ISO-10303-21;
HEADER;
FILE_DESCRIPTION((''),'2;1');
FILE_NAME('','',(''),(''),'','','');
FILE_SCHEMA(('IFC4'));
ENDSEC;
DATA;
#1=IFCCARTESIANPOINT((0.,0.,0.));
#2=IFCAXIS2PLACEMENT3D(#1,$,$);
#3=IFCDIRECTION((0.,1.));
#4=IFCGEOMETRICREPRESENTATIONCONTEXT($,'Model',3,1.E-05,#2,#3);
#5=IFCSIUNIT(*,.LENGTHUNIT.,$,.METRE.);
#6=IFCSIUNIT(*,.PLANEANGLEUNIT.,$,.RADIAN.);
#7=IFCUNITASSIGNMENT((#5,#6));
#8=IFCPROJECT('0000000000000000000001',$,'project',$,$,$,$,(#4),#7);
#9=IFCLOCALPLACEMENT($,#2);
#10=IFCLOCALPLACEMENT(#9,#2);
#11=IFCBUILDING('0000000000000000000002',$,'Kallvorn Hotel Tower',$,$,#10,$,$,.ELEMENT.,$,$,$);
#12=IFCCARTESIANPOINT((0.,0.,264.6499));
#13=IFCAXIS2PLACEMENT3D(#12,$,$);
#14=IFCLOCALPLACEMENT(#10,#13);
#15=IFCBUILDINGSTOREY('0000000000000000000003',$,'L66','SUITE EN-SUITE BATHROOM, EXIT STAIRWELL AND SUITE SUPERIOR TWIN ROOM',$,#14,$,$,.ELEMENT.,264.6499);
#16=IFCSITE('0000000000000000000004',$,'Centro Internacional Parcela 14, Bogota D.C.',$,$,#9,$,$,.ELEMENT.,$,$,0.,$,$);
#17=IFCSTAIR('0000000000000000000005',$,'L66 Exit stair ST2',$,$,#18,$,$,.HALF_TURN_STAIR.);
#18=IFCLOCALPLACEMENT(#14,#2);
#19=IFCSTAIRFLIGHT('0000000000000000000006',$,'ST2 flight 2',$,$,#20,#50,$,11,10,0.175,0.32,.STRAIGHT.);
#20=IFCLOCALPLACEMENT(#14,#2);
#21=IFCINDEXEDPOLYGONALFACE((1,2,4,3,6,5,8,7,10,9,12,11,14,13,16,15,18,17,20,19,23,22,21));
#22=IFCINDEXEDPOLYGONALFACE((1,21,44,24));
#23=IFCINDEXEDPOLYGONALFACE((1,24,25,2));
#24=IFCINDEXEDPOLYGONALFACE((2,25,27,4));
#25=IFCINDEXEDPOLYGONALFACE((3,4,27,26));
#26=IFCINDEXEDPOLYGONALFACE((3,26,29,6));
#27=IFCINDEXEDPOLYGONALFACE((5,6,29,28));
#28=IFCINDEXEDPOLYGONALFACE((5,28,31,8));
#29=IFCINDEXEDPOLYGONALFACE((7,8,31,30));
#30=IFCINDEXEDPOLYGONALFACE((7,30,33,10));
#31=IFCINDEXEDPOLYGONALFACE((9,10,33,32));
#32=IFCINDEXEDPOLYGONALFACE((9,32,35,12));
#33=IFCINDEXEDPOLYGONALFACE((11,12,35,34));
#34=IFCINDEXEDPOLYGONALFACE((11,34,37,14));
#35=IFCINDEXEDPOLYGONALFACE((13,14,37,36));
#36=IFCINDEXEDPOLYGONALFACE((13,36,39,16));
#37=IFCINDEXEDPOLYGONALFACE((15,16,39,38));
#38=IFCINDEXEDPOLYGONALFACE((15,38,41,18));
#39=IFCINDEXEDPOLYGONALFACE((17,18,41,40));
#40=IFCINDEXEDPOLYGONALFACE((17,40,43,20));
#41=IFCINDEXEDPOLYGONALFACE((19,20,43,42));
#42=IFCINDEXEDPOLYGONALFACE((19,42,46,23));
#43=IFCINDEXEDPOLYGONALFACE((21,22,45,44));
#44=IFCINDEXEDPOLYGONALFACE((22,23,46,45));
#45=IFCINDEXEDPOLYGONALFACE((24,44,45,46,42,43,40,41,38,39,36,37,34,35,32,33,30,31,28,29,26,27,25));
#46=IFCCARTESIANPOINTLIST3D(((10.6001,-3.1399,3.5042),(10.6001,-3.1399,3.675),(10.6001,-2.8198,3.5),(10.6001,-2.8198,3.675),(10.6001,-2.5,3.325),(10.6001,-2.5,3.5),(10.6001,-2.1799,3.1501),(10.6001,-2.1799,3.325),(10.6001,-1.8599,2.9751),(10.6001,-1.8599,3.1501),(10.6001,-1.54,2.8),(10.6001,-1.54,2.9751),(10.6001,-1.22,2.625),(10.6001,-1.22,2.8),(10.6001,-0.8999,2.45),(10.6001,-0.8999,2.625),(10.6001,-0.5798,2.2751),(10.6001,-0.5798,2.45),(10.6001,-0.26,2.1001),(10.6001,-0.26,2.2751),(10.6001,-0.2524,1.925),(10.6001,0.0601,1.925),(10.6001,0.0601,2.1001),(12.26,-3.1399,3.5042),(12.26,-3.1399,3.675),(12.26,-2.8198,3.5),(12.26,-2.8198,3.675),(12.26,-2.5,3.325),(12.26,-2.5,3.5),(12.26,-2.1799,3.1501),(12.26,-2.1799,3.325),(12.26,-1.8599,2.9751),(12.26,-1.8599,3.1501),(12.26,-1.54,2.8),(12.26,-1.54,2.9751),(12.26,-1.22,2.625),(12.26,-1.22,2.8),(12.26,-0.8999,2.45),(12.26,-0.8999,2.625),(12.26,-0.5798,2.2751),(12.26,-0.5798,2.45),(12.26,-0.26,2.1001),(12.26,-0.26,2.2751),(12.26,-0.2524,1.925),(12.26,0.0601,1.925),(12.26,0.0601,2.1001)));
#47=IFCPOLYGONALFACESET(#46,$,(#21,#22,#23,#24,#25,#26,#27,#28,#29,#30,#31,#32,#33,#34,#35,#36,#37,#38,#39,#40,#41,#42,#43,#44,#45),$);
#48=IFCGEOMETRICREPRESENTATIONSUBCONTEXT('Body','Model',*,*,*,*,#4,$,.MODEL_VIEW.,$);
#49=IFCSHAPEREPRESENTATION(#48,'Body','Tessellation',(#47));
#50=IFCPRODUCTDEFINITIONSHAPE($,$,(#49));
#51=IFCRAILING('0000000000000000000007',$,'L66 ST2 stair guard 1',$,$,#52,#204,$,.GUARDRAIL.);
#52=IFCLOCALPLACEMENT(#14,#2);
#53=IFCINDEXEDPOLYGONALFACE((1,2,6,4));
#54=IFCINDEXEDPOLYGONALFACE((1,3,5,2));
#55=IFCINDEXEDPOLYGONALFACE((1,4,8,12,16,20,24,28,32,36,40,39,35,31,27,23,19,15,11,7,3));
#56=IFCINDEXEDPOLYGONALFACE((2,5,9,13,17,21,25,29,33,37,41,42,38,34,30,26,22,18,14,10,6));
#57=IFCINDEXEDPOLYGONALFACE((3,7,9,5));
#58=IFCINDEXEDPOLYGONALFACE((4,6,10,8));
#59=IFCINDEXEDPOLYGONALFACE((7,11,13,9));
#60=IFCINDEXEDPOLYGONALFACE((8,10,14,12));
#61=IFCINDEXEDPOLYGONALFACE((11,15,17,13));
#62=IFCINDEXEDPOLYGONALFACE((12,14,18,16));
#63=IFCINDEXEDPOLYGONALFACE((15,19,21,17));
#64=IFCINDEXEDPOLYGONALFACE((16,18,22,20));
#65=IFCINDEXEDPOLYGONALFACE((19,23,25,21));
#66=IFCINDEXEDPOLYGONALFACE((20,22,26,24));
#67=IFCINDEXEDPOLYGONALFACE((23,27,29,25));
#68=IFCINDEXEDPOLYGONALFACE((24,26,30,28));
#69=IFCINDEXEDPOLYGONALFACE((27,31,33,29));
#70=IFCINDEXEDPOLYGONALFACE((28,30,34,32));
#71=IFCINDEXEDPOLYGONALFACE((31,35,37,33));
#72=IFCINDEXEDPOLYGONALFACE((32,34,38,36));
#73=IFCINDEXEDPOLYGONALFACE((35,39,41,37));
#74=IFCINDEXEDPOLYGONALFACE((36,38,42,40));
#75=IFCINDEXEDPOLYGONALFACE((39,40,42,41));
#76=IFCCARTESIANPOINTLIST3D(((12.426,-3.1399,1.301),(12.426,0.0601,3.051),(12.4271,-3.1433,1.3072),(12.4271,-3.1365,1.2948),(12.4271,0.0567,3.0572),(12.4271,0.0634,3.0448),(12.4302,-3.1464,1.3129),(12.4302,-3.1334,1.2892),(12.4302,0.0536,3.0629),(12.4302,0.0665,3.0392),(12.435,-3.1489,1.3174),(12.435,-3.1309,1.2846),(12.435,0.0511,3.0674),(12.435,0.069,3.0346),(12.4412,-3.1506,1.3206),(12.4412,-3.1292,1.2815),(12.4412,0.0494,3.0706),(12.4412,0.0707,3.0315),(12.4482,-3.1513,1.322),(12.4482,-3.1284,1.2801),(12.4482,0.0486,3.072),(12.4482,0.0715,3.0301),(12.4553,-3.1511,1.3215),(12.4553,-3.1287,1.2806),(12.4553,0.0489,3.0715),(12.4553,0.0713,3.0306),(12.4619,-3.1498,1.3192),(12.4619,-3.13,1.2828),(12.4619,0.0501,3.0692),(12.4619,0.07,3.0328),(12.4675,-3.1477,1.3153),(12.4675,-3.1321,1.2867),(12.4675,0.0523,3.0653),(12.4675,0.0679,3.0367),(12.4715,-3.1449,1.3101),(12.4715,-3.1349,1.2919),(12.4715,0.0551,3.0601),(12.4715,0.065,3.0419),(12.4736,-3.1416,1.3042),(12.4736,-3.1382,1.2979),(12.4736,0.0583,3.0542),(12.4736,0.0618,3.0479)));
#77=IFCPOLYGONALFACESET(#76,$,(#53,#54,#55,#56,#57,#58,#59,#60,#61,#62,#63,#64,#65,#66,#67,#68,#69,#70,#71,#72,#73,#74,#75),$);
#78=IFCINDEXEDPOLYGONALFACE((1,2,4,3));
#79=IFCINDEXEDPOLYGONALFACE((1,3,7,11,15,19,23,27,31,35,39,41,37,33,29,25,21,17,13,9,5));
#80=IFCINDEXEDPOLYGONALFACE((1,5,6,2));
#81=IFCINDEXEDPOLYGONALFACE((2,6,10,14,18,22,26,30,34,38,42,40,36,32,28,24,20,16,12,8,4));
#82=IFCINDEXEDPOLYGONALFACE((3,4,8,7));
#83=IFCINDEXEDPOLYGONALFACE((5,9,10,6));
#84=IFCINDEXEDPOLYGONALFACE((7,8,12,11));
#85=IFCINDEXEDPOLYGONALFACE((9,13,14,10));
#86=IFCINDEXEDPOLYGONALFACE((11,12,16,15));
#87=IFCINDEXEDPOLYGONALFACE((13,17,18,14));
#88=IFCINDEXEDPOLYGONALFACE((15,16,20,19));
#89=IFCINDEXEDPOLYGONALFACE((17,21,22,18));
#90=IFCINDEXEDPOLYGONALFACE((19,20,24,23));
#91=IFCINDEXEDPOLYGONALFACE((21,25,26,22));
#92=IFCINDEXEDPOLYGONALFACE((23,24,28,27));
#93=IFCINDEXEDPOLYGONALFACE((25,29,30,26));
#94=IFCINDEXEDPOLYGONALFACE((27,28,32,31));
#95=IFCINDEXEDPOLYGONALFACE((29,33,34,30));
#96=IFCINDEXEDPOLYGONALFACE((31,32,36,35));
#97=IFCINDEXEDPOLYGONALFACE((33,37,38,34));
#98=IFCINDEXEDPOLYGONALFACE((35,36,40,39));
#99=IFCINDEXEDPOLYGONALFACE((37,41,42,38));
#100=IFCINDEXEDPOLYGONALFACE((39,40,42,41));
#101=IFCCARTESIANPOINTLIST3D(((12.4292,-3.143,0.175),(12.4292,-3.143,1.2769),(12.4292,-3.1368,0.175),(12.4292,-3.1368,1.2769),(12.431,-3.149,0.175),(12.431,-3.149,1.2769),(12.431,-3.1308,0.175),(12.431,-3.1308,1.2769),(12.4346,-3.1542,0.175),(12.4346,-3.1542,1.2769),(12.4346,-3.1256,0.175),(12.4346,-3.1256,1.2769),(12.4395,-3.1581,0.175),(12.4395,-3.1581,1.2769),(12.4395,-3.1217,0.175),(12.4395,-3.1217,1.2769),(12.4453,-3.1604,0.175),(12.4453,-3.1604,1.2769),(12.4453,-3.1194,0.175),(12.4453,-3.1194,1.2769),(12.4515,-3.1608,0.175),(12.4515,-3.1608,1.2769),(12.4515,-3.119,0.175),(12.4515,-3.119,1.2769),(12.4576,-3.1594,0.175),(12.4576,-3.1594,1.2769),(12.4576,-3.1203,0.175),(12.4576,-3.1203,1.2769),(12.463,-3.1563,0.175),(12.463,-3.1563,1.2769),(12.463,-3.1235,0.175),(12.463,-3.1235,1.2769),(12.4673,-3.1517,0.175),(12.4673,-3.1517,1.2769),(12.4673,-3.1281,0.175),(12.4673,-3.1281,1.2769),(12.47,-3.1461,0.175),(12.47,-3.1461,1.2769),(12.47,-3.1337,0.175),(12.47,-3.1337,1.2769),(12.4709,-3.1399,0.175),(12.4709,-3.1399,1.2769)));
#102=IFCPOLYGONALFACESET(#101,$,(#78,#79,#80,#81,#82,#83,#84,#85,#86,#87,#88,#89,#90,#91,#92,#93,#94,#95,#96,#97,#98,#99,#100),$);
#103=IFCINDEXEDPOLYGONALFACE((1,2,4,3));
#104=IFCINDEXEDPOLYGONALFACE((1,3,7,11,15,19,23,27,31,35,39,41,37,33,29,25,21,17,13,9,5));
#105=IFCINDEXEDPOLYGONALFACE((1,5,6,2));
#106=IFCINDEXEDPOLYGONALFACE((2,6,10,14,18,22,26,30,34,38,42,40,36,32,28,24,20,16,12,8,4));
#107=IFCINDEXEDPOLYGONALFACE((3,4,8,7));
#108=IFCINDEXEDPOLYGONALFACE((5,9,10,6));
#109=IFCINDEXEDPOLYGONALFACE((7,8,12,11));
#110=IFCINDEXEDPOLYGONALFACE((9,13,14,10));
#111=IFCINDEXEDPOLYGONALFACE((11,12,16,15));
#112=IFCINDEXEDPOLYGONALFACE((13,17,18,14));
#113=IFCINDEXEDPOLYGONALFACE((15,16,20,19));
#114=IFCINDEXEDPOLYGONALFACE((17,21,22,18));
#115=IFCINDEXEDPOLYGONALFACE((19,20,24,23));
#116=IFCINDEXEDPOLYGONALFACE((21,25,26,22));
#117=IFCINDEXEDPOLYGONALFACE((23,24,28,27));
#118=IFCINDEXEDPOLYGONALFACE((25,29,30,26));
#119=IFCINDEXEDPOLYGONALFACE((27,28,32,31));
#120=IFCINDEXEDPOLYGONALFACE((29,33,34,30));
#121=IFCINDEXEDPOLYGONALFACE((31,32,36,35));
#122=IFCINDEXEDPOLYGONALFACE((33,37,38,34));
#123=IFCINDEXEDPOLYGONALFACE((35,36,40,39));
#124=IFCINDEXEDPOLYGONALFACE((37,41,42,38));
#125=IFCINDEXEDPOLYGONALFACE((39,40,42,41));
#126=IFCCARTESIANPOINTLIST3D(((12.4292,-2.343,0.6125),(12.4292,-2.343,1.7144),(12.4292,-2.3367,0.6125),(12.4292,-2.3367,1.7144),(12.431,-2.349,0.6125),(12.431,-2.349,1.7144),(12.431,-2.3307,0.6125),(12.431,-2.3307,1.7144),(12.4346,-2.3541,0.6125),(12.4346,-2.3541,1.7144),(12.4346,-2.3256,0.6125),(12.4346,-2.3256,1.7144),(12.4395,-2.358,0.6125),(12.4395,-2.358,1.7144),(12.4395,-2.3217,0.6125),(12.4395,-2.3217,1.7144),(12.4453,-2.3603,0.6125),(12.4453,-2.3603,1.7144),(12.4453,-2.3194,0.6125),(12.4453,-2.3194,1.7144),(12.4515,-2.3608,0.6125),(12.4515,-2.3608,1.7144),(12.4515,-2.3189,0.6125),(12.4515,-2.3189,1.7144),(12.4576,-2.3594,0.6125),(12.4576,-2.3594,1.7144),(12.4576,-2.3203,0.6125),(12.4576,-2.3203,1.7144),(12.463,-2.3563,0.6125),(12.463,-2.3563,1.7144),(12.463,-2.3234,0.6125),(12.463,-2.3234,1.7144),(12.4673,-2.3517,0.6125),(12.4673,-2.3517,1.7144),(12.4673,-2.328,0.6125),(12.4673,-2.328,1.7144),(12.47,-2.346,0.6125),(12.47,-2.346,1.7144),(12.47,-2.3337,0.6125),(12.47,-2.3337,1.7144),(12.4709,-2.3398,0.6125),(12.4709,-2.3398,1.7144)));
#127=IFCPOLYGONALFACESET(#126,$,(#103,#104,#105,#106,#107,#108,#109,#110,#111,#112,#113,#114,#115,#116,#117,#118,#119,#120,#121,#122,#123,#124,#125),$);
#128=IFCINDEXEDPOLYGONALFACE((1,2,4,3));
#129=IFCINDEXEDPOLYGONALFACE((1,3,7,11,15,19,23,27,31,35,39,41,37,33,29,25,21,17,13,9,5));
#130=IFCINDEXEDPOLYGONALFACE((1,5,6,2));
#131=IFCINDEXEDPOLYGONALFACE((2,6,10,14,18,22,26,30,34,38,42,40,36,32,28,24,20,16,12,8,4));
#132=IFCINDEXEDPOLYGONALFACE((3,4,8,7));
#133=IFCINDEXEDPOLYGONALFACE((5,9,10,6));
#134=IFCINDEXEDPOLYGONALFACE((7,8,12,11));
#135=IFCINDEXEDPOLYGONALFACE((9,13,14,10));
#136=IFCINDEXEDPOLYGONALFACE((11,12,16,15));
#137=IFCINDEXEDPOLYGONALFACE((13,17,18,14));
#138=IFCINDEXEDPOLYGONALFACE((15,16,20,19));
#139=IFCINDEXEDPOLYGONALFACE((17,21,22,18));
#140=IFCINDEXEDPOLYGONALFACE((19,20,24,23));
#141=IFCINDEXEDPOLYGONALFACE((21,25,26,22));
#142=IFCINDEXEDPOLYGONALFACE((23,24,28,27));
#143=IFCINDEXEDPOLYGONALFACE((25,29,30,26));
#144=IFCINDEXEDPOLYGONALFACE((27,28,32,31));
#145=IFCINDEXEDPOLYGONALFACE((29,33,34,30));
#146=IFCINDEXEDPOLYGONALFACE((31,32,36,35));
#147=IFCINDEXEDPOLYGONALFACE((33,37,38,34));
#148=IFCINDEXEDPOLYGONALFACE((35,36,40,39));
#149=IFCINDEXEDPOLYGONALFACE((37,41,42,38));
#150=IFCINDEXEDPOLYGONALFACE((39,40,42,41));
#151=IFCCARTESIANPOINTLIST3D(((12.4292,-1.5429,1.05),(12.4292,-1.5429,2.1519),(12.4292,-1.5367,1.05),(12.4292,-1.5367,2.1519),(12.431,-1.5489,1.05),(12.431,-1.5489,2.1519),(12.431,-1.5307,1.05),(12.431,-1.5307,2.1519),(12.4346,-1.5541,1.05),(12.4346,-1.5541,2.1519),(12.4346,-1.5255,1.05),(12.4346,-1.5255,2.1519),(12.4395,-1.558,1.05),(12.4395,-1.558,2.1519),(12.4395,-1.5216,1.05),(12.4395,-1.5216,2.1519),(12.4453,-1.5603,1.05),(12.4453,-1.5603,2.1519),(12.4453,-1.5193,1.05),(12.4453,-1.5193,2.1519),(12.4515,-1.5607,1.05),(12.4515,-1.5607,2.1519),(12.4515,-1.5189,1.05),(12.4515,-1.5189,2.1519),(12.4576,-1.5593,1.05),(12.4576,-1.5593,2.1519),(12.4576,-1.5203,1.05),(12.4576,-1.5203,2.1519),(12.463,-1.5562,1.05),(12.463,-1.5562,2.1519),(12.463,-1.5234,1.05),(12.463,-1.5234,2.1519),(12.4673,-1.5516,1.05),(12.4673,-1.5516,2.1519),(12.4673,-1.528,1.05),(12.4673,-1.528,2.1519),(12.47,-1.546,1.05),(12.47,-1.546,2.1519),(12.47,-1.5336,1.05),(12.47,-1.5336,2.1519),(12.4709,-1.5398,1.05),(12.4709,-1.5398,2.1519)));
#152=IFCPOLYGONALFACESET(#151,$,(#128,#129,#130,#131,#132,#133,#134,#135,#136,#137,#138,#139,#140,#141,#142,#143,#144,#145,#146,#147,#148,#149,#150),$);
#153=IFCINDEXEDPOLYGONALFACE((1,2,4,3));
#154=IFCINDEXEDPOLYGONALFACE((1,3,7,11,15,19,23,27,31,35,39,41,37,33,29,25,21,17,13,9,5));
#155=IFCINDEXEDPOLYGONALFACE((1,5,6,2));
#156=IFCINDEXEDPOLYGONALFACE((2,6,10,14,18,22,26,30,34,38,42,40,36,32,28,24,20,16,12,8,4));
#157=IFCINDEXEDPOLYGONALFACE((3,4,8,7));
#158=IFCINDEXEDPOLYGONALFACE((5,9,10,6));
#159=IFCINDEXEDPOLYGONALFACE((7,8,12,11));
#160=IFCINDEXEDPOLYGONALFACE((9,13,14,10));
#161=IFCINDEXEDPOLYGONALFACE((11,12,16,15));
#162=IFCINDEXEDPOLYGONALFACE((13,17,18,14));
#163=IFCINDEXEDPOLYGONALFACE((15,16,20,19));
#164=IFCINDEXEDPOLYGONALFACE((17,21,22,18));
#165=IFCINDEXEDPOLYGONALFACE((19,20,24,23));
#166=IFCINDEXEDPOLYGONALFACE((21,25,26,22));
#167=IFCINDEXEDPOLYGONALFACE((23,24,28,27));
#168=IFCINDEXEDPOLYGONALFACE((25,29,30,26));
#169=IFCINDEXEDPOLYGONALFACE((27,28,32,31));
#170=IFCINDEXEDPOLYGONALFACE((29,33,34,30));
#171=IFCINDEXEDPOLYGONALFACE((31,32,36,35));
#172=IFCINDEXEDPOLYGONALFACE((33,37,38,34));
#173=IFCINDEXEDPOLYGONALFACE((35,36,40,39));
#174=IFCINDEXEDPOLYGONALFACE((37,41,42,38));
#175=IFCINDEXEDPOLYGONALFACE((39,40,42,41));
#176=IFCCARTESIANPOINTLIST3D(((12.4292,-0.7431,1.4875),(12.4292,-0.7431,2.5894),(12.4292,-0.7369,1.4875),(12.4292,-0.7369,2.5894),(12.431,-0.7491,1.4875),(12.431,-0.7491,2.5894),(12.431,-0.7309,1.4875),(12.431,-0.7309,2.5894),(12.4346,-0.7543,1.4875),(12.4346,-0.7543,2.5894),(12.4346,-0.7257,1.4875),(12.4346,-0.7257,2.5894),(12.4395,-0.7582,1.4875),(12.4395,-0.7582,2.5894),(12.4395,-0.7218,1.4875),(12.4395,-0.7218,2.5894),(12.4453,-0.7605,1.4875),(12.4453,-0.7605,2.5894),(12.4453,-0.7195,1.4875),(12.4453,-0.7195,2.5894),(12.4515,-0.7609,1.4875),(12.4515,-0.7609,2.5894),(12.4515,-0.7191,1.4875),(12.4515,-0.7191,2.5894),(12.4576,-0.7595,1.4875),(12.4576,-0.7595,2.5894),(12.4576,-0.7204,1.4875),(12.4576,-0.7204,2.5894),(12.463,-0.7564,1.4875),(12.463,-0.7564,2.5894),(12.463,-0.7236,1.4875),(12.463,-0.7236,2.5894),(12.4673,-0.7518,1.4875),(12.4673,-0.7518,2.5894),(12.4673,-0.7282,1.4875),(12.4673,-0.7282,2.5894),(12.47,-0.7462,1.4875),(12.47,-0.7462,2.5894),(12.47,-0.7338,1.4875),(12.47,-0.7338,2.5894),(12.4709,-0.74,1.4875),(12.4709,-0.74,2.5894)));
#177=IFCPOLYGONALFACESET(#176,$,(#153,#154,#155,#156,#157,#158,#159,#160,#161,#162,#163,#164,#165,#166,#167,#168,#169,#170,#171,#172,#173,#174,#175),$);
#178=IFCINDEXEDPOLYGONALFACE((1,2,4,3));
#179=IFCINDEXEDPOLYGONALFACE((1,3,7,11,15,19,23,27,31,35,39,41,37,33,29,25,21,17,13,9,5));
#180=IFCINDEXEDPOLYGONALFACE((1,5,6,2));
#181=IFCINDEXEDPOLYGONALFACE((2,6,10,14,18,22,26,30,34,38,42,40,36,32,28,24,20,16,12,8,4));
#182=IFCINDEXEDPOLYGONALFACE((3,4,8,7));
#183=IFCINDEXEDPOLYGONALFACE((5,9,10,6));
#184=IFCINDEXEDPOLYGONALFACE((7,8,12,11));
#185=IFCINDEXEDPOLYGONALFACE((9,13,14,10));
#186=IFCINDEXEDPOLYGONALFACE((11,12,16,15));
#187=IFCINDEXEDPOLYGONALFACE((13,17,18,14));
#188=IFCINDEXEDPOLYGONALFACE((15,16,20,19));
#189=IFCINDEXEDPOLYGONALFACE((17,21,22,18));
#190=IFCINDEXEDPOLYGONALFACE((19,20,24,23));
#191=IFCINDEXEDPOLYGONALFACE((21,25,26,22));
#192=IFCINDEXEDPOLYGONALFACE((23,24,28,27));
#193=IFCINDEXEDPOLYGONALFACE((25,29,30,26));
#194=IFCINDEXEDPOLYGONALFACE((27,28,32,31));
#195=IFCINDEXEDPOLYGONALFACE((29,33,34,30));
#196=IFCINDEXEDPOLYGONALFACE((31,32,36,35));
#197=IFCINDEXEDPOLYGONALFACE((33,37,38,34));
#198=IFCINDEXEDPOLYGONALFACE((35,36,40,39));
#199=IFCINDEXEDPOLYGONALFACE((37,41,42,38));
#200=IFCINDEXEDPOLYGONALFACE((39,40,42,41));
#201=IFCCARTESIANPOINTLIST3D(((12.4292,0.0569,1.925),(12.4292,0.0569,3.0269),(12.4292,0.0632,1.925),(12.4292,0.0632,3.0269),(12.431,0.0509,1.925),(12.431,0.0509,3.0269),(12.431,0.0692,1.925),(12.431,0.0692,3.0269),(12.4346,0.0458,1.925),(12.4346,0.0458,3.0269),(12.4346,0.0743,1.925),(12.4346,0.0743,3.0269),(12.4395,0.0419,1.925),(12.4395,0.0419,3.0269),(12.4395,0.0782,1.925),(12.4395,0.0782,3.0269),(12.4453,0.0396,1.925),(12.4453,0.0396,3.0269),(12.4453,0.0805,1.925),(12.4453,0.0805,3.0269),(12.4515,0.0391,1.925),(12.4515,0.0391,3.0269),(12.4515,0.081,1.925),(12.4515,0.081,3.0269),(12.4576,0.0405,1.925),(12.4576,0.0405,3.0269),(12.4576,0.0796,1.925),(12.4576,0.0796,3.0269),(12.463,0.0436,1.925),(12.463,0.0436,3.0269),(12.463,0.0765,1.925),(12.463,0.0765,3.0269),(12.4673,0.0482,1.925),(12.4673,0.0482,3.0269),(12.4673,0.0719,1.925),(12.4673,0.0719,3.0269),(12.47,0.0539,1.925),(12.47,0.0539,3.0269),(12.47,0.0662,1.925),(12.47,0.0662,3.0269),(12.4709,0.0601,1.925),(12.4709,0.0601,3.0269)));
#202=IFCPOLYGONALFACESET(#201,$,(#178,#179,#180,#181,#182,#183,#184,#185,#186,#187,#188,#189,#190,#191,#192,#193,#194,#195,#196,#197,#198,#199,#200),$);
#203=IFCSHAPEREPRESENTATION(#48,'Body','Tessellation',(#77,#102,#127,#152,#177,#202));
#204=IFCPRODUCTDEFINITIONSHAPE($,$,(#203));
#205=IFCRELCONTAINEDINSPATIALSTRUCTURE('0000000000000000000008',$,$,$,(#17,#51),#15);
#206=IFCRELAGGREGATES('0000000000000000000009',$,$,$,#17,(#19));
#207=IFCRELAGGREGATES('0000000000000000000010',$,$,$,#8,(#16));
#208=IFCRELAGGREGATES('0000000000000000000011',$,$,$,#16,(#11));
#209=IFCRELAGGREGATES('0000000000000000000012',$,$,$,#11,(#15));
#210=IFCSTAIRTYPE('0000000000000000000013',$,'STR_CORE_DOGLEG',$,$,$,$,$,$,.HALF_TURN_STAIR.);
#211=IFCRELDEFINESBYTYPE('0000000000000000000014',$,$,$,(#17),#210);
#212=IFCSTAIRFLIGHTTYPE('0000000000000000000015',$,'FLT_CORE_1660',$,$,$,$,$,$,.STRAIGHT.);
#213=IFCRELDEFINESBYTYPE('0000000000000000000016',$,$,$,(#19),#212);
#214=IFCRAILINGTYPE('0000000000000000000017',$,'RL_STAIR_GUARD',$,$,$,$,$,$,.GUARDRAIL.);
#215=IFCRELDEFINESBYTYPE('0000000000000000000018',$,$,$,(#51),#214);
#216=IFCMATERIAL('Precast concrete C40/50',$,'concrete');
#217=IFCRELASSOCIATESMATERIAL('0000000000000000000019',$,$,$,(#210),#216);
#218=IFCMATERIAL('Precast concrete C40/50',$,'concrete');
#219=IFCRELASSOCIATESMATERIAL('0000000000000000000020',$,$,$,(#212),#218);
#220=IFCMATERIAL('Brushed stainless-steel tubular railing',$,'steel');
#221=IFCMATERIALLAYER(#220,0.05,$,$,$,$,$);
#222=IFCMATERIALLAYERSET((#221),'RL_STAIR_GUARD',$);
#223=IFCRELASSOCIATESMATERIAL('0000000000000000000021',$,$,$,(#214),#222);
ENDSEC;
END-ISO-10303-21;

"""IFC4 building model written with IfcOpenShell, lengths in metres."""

from ifc_helpers import new_model, si_unit, direction, frame, origin, origin_2d, place, context, subcontext, project, spatial, polyline, circle, outline, extrude, material, layer, layer_set, type_object, element, aggregate, save


model = new_model("IFC4")

# Units and contexts
model_context = context("Model", 3, precision=1e-05, world=origin(), true_north=direction((0.0, 1.0)))
body_context = subcontext(model_context, "Body", "Model", "MODEL_VIEW")
ifc_project = project(units=[si_unit("LENGTHUNIT", "METRE"), si_unit("PLANEANGLEUNIT", "RADIAN")], contexts=[model_context])

# Site, building, storey
site_placement = place(None, origin())
site = spatial("IfcSite", under=ifc_project, at=site_placement, Name="Centro Internacional Parcela 14, Bogota D.C.", CompositionType="ELEMENT", RefElevation=0.0)
building_placement = place(site_placement, origin())
building = spatial("IfcBuilding", under=site, at=building_placement, Name="Kallvorn Hotel Tower", CompositionType="ELEMENT")
storey_placement = place(building_placement, frame((0.0, 0.0, 264.6499)))
storey = spatial("IfcBuildingStorey", under=building, at=storey_placement, Name="L66", Description="SUITE EN-SUITE BATHROOM, EXIT STAIRWELL AND SUITE SUPERIOR TWIN ROOM", CompositionType="ELEMENT", Elevation=264.6499)

# Stair, stair flight
ifc_material_1 = material(Name="Precast concrete C40/50", Category="concrete")
stair_type = type_object("IfcStairType", Name="STR_CORE_DOGLEG", PredefinedType="HALF_TURN_STAIR", material=ifc_material_1)
stair_placement = place(storey_placement, origin())
stair = element("IfcStair", 1, at=stair_placement, inside=storey, type_object=stair_type, Name="L66 Exit stair ST2", PredefinedType="HALF_TURN_STAIR")
ifc_material_2 = material(Name="Precast concrete C40/50", Category="concrete")
stair_flight_type = type_object("IfcStairFlightType", Name="FLT_CORE_1660", PredefinedType="STRAIGHT", material=ifc_material_2)
stair_flight_placement = place(storey_placement, frame((11.4299, 0.0601, 1.925), z_axis=(0.0, 0.0, 1.0), x_axis=(0.0, -1.0, 0.0)))
stair_flight = element("IfcStairFlight", 2, at=stair_flight_placement, type_object=stair_flight_type, Name="ST2 flight 2", NumberOfRisers=11, NumberOfTreads=10, PredefinedType="STRAIGHT", RiserHeight=0.175, TreadLength=0.32, context=body_context, shape_type="SweptSolid", body=[
    extrude(outline(polyline([(0.0, 0.0), (0.0, 0.175), (0.3201, 0.175), (0.3201, 0.3501), (0.6399, 0.3501), (0.6399, 0.5249), (0.96, 0.5249), (0.96, 0.7), (1.28, 0.7), (1.28, 0.875), (1.6001, 0.875), (1.6001, 1.05), (1.9199, 1.05), (1.9199, 1.2251), (2.24, 1.2251), (2.24, 1.3999), (2.5601, 1.3999), (2.5601, 1.575), (2.8799, 1.575), (2.8799, 1.75), (3.2, 1.75), (3.2, 1.925), (3.2, 1.5791), (0.3125, 0.0), (0.0, 0.0)])), frame((0.0, 0.8301, 0.0), z_axis=(0.0, -1.0, 0.0), x_axis=(1.0, 0.0, 0.0)), (0.0, 0.0, 1.0), 1.6599),
])
aggregate(stair, [stair_flight])

# Railing
ifc_material_3 = material(Name="Brushed stainless-steel tubular railing", Category="steel")
ifc_layer_1 = layer(ifc_material_3, 0.05)
ifc_layer_set_1 = layer_set([ifc_layer_1], Name="RL_STAIR_GUARD")
railing_type_1 = type_object("IfcRailingType", Name="RL_STAIR_GUARD", PredefinedType="GUARDRAIL", material=ifc_layer_set_1)
railing_1_placement = place(storey_placement, frame((12.45, -3.1399, 0.175)))
element("IfcRailing", 3, at=railing_1_placement, inside=storey, type_object=railing_type_1, Name="L66 ST2 stair guard 1", PredefinedType="GUARDRAIL", context=body_context, shape_type="SweptSolid", body=[
    extrude(circle(Radius=0.0239, at=origin_2d()), frame((0.0, 0.0, 1.126), z_axis=(0.0, 0.877368, 0.479818), x_axis=(-1.0, 0.0, 0.0)), (0.0, 0.0, 1.0), 3.6472),
    extrude(circle(Radius=0.021, at=origin_2d()), origin(), (0.0, 0.0, 1.0), 1.1018),
    extrude(circle(Radius=0.021, at=origin_2d()), frame((0.0, 0.8, 0.4375)), (0.0, 0.0, 1.0), 1.1018),
    extrude(circle(Radius=0.021, at=origin_2d()), frame((0.0, 1.6001, 0.875)), (0.0, 0.0, 1.0), 1.1018),
    extrude(circle(Radius=0.021, at=origin_2d()), frame((0.0, 2.3999, 1.3125)), (0.0, 0.0, 1.0), 1.1018),
    extrude(circle(Radius=0.021, at=origin_2d()), frame((0.0, 3.2, 1.75)), (0.0, 0.0, 1.0), 1.1018),
])

save(model, "model.ifc")
